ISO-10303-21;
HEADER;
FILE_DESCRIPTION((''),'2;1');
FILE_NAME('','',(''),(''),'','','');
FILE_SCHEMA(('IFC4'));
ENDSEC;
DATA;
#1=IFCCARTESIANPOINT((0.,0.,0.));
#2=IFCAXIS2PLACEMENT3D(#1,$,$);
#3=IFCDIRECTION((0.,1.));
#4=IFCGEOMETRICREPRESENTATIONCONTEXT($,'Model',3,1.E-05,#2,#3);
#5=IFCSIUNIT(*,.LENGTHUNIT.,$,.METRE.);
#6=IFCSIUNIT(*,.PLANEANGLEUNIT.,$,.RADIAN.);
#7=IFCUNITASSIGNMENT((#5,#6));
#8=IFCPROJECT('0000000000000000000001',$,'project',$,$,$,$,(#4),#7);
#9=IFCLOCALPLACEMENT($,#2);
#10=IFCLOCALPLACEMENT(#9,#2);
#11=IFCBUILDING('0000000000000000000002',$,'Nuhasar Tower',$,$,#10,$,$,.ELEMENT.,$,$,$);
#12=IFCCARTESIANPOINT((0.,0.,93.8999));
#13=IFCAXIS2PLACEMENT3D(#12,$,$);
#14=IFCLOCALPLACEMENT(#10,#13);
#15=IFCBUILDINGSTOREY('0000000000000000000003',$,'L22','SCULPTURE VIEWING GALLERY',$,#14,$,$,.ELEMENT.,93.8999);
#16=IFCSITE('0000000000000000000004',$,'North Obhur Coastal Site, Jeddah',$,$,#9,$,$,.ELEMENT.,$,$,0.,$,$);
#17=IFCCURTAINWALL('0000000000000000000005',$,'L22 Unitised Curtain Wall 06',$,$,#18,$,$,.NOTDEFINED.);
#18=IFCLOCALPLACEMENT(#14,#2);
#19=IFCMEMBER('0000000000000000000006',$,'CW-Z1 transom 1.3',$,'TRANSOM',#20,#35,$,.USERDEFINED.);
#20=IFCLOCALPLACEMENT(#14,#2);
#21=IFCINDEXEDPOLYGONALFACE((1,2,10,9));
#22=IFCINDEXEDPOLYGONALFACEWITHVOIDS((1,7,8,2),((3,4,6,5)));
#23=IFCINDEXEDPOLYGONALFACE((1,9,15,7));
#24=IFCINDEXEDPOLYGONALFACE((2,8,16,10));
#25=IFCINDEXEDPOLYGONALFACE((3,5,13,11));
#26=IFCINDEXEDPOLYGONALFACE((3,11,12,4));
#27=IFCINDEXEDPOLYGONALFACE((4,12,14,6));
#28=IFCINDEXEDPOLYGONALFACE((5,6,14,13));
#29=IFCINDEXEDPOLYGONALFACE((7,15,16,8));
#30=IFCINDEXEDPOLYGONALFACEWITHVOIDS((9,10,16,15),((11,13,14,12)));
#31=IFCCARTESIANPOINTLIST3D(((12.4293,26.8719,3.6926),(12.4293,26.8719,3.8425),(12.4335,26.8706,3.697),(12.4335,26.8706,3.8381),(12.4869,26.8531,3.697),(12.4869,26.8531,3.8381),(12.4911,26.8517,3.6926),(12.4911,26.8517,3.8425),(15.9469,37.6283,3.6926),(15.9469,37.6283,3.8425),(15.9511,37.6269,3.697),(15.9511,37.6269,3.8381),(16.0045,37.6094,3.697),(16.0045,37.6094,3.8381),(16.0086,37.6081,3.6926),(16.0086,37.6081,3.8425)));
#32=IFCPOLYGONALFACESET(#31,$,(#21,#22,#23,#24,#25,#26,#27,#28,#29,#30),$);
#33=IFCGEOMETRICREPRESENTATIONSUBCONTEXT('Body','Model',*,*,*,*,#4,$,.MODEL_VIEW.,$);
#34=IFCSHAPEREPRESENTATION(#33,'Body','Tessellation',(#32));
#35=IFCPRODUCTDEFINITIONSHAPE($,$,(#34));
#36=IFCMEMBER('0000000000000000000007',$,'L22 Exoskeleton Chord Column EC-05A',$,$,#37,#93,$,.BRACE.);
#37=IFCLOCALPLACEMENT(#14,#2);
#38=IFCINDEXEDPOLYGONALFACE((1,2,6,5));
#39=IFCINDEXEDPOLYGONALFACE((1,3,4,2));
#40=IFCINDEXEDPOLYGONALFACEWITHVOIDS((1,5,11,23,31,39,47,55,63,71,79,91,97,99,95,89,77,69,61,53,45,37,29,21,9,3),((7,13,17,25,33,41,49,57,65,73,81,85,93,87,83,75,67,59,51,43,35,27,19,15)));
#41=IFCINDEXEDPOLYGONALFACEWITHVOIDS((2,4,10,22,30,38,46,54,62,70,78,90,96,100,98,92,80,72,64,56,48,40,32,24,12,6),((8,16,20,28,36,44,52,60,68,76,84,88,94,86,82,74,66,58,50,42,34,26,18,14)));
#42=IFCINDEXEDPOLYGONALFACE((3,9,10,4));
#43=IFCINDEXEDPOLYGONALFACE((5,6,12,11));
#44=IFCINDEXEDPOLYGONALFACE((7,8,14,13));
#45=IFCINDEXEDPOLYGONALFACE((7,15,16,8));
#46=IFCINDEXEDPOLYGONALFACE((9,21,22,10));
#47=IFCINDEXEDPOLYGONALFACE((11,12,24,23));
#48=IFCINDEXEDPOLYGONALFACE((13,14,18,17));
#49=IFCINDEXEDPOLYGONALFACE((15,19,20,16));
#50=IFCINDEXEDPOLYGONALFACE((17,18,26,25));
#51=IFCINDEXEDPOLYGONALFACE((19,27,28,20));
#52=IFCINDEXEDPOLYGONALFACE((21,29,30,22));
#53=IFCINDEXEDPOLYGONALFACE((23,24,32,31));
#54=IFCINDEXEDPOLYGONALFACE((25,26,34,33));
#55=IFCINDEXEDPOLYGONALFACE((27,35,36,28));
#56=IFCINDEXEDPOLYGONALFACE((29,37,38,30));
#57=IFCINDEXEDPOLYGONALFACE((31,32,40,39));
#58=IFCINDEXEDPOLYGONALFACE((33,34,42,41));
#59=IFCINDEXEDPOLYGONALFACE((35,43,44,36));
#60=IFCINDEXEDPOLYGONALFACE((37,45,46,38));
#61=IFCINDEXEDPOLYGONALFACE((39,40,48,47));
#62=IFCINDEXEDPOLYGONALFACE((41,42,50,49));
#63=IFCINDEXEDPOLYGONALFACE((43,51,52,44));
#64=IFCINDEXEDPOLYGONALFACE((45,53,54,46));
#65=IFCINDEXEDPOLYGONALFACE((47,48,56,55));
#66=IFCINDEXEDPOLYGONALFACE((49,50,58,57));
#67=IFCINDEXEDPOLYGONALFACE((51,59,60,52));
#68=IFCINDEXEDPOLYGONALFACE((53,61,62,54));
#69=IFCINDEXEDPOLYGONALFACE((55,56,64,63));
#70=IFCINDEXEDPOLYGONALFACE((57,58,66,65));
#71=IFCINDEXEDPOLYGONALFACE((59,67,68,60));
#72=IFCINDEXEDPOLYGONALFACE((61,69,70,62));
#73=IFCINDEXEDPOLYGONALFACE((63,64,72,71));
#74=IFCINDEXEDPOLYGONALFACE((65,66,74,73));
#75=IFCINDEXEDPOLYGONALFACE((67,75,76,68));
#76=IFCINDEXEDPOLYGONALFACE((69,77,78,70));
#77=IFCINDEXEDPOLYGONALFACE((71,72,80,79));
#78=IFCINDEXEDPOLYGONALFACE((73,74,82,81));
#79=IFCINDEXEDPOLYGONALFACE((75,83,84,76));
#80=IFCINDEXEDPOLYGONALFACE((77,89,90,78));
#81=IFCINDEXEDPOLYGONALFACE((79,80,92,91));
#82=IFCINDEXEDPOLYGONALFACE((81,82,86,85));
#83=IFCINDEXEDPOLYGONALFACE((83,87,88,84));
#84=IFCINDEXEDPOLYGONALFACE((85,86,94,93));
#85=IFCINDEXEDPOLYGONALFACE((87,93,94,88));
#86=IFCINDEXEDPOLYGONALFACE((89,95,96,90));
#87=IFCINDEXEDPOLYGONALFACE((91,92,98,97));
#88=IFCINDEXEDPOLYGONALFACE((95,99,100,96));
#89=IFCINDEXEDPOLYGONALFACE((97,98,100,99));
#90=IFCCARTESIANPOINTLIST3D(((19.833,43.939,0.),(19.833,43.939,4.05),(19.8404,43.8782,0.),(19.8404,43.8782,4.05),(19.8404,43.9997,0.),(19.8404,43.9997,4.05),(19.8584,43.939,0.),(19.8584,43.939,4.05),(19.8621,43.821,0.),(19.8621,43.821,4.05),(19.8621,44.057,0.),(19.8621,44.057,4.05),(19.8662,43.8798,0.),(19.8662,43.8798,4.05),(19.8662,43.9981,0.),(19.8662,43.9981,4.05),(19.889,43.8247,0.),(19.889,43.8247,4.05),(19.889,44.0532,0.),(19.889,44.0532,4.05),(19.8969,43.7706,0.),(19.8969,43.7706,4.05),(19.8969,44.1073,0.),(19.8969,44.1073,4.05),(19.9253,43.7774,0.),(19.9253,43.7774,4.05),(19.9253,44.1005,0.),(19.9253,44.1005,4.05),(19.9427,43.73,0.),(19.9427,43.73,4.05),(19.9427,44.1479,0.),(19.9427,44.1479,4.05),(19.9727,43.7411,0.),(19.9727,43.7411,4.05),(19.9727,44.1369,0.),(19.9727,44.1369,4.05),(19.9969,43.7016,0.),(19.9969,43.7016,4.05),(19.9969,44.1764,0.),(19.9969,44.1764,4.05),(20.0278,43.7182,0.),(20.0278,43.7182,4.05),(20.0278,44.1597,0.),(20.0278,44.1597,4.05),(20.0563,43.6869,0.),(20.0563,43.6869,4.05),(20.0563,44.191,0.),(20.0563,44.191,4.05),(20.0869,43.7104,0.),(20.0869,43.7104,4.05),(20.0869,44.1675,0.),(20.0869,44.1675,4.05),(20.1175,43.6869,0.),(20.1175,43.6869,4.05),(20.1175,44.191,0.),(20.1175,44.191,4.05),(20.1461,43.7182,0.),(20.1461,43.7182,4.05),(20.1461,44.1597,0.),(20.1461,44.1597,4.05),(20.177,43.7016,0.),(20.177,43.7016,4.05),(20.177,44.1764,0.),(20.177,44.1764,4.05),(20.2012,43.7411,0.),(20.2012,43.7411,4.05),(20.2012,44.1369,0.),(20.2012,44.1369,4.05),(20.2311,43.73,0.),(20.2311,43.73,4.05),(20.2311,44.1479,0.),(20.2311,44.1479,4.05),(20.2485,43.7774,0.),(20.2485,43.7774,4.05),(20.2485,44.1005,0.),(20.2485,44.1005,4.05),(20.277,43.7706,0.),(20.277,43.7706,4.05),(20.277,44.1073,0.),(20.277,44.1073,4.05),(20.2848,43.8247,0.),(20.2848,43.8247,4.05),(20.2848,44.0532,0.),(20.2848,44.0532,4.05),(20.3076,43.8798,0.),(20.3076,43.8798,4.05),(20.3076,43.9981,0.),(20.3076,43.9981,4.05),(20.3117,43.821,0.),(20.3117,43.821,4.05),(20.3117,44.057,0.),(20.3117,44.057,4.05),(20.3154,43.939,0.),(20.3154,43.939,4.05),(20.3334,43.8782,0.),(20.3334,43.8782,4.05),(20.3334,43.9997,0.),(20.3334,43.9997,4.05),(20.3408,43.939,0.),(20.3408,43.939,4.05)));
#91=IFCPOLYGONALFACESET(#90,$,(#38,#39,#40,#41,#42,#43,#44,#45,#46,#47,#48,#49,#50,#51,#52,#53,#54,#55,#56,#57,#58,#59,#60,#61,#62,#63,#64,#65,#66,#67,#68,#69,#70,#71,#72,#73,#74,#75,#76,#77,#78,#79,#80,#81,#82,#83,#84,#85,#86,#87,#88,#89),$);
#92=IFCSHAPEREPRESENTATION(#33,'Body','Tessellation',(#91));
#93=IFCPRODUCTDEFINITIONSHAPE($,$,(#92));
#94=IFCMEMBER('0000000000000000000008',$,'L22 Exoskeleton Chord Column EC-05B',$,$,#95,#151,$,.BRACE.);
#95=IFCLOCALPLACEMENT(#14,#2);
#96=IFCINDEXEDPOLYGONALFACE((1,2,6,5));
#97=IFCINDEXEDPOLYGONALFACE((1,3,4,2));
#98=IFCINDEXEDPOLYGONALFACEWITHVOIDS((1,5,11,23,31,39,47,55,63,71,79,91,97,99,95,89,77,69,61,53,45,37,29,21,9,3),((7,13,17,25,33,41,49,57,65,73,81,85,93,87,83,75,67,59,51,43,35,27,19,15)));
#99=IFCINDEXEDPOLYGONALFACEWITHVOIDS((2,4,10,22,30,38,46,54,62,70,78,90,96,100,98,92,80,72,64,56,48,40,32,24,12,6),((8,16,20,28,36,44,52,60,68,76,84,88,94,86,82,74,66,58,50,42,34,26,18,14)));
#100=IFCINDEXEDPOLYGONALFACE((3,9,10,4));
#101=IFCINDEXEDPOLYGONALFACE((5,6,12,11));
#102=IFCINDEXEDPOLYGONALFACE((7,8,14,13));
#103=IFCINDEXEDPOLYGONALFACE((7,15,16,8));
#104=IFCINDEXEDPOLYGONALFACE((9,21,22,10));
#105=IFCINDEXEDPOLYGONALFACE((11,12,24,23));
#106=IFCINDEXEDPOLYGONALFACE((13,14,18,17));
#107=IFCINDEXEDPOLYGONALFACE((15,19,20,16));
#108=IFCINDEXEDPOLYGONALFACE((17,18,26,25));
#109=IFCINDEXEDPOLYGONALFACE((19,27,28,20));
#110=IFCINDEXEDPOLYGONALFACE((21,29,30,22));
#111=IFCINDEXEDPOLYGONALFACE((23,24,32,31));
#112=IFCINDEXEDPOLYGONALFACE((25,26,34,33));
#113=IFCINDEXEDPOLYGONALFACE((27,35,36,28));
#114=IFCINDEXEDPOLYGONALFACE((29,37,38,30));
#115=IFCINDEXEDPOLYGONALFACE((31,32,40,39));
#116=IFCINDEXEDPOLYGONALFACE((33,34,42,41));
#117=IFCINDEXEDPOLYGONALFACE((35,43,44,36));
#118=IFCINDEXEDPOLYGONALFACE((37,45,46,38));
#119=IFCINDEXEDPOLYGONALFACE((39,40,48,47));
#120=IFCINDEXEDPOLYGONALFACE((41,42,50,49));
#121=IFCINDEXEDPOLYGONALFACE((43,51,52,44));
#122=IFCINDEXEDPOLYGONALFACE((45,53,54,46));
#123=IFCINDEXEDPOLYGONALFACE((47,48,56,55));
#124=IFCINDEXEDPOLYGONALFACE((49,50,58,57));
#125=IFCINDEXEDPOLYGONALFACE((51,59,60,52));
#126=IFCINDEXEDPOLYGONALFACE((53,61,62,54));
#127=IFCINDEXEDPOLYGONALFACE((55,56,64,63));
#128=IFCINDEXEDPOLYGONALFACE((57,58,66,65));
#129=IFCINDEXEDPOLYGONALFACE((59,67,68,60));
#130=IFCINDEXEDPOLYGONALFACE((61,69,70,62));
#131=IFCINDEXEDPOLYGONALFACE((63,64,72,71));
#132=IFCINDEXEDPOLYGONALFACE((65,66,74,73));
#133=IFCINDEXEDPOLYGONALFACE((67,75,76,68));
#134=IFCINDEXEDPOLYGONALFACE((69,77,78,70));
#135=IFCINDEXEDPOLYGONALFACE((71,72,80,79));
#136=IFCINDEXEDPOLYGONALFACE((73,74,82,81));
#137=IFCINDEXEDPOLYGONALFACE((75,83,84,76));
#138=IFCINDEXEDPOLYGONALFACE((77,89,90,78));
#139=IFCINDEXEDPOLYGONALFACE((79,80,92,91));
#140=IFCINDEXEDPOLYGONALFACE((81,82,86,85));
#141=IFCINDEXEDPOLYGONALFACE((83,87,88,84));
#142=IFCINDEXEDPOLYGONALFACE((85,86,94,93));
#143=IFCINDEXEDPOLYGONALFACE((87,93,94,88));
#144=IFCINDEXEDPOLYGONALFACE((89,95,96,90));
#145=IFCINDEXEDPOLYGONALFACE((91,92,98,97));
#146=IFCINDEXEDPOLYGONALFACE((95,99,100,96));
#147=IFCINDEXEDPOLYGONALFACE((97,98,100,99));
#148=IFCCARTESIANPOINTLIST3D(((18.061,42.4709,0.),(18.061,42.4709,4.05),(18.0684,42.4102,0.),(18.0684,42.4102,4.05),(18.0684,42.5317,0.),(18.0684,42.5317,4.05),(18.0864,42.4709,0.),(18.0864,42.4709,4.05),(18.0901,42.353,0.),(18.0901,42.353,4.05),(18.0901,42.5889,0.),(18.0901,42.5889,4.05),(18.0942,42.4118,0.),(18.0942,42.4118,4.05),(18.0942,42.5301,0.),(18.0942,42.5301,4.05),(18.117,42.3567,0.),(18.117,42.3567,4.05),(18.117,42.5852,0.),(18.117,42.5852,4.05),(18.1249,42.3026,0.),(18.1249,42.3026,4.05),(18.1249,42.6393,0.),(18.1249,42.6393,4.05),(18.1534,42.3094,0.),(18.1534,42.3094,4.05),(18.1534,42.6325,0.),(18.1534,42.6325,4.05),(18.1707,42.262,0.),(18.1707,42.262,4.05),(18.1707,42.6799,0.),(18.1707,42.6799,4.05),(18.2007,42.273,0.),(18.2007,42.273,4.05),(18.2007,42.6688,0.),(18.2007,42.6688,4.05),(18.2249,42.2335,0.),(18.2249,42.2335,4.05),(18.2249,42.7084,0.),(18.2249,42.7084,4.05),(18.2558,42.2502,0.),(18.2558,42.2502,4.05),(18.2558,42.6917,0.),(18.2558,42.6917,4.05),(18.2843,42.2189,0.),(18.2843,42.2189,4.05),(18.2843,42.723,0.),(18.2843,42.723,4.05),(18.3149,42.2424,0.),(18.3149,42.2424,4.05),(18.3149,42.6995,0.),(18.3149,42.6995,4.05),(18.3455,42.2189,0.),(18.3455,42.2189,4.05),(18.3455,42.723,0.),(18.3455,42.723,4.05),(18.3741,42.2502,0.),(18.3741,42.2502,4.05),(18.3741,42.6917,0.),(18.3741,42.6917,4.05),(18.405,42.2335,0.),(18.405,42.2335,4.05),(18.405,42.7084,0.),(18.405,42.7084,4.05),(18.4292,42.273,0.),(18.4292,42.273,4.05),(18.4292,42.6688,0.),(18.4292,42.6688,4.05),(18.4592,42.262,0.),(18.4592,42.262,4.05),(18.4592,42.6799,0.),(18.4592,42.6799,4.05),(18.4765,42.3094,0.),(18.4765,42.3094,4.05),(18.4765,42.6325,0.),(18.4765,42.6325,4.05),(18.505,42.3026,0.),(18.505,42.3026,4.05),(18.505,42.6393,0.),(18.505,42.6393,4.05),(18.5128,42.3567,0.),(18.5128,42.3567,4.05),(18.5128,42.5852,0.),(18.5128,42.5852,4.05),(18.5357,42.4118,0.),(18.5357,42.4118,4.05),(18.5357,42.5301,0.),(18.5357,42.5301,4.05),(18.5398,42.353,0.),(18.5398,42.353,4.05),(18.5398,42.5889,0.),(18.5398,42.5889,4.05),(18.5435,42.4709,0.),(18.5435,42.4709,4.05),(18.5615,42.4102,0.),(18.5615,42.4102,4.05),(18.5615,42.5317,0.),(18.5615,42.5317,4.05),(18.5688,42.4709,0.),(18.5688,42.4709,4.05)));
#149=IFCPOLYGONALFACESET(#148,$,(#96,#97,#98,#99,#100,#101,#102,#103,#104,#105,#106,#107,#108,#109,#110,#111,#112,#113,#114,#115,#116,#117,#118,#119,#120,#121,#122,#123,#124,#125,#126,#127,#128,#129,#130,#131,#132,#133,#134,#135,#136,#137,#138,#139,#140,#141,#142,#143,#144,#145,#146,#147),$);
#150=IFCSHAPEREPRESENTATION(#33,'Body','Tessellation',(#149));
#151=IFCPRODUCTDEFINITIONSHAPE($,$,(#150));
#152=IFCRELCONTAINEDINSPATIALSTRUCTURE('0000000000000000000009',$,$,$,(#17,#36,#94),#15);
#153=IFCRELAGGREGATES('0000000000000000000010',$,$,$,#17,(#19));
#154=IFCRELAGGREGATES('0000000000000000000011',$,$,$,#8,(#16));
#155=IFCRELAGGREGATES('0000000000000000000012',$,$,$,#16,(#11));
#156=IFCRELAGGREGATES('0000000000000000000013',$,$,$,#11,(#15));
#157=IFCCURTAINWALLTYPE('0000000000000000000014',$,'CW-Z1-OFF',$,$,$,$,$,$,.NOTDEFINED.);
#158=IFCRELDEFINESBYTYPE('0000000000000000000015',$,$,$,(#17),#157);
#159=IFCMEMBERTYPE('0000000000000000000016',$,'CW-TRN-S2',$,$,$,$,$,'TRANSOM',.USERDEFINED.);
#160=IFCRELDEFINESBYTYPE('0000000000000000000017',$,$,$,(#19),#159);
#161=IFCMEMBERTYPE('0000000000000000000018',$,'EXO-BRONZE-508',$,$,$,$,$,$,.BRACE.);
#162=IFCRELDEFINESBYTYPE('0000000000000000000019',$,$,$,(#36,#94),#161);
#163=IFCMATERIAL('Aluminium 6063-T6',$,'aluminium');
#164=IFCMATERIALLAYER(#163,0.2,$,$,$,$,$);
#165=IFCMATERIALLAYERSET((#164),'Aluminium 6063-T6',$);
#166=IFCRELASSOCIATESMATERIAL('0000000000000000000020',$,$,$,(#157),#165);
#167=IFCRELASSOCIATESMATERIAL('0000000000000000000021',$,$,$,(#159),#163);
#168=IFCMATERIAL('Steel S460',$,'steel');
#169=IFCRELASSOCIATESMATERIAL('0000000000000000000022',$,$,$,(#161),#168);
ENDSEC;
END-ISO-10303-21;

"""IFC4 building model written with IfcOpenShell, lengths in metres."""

from ifc_helpers import new_model, si_unit, direction, frame, origin, origin_2d, place, context, subcontext, project, spatial, hollow_rectangle, hollow_circle, extrude, material, layer, layer_set, material_profile, profile_set, type_object, element, aggregate, save


model = new_model("IFC4")

# Units and contexts
model_context = context("Model", 3, precision=1e-05, world=origin(), true_north=direction((0.0, 1.0)))
body_context = subcontext(model_context, "Body", "Model", "MODEL_VIEW")
ifc_project = project(units=[si_unit("LENGTHUNIT", "METRE"), si_unit("PLANEANGLEUNIT", "RADIAN")], contexts=[model_context])

# Site, building, storey
site_placement = place(None, origin())
site = spatial("IfcSite", under=ifc_project, at=site_placement, Name="North Obhur Coastal Site, Jeddah", CompositionType="ELEMENT", RefElevation=0.0)
building_placement = place(site_placement, origin())
building = spatial("IfcBuilding", under=site, at=building_placement, Name="Nuhasar Tower", CompositionType="ELEMENT")
storey_placement = place(building_placement, frame((0.0, 0.0, 93.8999)))
storey = spatial("IfcBuildingStorey", under=building, at=storey_placement, Name="L22", Description="SCULPTURE VIEWING GALLERY", CompositionType="ELEMENT", Elevation=93.8999)

# Shared definitions
ifc_material_1 = material(Name="Aluminium 6063-T6", Category="aluminium")
ifc_layer_1 = layer(ifc_material_1, 0.2)
ifc_layer_set_1 = layer_set([ifc_layer_1], Name="Aluminium 6063-T6")
curtain_wall_type = type_object("IfcCurtainWallType", Name="CW-Z1-OFF", PredefinedType="NOTDEFINED", material=ifc_layer_set_1)

# Curtain wall
curtain_wall_1_placement = place(storey_placement, origin())
curtain_wall_1 = element("IfcCurtainWall", 1, at=curtain_wall_1_placement, inside=storey, type_object=curtain_wall_type, Name="L22 Unitised Curtain Wall 06", PredefinedType="NOTDEFINED")

# Member
ifc_material_profile_1 = material_profile(ifc_material_1, hollow_rectangle(XDim=0.0649, YDim=0.1499, WallThickness=0.0044, at=origin_2d()), Name="CWT-2")
ifc_profile_set_1 = profile_set([ifc_material_profile_1], Name="Aluminium 6063-T6")
member_type_1 = type_object("IfcMemberType", Name="CW-TRN-S2", ElementType="TRANSOM", PredefinedType="USERDEFINED", material=ifc_profile_set_1)
member_1_placement = place(storey_placement, frame((15.9778, 37.6182, 3.7676), z_axis=(-0.310825, -0.950467, 0.0), x_axis=(0.950467, -0.310825, 0.0)))
member_1 = element("IfcMember", 2, at=member_1_placement, type_object=member_type_1, Name="CW-Z1 transom 1.3", ObjectType="TRANSOM", PredefinedType="USERDEFINED", context=body_context, shape_type="SweptSolid", body=[
    extrude(hollow_rectangle(XDim=0.0649, YDim=0.1499, WallThickness=0.0044, at=origin_2d()), origin(), (0.0, 0.0, 1.0), 11.3169),
])
aggregate(curtain_wall_1, [member_1])

# Members
ifc_material_2 = material(Name="Steel S460", Category="steel")
ifc_material_profile_2 = material_profile(ifc_material_2, hollow_circle(Radius=0.2539, WallThickness=0.0254, at=origin_2d()), Name="HSS508X25.4")
ifc_profile_set_2 = profile_set([ifc_material_profile_2], Name="Steel S460")
member_type_2 = type_object("IfcMemberType", Name="EXO-BRONZE-508", PredefinedType="BRACE", material=ifc_profile_set_2)
for number, where, z_axis, x_axis, name in (
    (3, (20.0869, 43.939, 0.0), (0.0, 0.0, 1.0), (1.0, 0.0, 0.0), "L22 Exoskeleton Chord Column EC-05A"),
    (4, (18.3149, 42.4709, 0.0), (0.0, 0.0, 1.0), (1.0, 0.0, 0.0), "L22 Exoskeleton Chord Column EC-05B"),
):
    element("IfcMember", number, at=place(storey_placement, frame(where, z_axis=z_axis, x_axis=x_axis)), inside=storey, type_object=member_type_2, Name=name, PredefinedType="BRACE", context=body_context, shape_type="SweptSolid", body=[
        extrude(hollow_circle(Radius=0.2539, WallThickness=0.0254, at=origin_2d()), origin(), (0.0, 0.0, 1.0), 4.05),
    ])

save(model, "model.ifc")
